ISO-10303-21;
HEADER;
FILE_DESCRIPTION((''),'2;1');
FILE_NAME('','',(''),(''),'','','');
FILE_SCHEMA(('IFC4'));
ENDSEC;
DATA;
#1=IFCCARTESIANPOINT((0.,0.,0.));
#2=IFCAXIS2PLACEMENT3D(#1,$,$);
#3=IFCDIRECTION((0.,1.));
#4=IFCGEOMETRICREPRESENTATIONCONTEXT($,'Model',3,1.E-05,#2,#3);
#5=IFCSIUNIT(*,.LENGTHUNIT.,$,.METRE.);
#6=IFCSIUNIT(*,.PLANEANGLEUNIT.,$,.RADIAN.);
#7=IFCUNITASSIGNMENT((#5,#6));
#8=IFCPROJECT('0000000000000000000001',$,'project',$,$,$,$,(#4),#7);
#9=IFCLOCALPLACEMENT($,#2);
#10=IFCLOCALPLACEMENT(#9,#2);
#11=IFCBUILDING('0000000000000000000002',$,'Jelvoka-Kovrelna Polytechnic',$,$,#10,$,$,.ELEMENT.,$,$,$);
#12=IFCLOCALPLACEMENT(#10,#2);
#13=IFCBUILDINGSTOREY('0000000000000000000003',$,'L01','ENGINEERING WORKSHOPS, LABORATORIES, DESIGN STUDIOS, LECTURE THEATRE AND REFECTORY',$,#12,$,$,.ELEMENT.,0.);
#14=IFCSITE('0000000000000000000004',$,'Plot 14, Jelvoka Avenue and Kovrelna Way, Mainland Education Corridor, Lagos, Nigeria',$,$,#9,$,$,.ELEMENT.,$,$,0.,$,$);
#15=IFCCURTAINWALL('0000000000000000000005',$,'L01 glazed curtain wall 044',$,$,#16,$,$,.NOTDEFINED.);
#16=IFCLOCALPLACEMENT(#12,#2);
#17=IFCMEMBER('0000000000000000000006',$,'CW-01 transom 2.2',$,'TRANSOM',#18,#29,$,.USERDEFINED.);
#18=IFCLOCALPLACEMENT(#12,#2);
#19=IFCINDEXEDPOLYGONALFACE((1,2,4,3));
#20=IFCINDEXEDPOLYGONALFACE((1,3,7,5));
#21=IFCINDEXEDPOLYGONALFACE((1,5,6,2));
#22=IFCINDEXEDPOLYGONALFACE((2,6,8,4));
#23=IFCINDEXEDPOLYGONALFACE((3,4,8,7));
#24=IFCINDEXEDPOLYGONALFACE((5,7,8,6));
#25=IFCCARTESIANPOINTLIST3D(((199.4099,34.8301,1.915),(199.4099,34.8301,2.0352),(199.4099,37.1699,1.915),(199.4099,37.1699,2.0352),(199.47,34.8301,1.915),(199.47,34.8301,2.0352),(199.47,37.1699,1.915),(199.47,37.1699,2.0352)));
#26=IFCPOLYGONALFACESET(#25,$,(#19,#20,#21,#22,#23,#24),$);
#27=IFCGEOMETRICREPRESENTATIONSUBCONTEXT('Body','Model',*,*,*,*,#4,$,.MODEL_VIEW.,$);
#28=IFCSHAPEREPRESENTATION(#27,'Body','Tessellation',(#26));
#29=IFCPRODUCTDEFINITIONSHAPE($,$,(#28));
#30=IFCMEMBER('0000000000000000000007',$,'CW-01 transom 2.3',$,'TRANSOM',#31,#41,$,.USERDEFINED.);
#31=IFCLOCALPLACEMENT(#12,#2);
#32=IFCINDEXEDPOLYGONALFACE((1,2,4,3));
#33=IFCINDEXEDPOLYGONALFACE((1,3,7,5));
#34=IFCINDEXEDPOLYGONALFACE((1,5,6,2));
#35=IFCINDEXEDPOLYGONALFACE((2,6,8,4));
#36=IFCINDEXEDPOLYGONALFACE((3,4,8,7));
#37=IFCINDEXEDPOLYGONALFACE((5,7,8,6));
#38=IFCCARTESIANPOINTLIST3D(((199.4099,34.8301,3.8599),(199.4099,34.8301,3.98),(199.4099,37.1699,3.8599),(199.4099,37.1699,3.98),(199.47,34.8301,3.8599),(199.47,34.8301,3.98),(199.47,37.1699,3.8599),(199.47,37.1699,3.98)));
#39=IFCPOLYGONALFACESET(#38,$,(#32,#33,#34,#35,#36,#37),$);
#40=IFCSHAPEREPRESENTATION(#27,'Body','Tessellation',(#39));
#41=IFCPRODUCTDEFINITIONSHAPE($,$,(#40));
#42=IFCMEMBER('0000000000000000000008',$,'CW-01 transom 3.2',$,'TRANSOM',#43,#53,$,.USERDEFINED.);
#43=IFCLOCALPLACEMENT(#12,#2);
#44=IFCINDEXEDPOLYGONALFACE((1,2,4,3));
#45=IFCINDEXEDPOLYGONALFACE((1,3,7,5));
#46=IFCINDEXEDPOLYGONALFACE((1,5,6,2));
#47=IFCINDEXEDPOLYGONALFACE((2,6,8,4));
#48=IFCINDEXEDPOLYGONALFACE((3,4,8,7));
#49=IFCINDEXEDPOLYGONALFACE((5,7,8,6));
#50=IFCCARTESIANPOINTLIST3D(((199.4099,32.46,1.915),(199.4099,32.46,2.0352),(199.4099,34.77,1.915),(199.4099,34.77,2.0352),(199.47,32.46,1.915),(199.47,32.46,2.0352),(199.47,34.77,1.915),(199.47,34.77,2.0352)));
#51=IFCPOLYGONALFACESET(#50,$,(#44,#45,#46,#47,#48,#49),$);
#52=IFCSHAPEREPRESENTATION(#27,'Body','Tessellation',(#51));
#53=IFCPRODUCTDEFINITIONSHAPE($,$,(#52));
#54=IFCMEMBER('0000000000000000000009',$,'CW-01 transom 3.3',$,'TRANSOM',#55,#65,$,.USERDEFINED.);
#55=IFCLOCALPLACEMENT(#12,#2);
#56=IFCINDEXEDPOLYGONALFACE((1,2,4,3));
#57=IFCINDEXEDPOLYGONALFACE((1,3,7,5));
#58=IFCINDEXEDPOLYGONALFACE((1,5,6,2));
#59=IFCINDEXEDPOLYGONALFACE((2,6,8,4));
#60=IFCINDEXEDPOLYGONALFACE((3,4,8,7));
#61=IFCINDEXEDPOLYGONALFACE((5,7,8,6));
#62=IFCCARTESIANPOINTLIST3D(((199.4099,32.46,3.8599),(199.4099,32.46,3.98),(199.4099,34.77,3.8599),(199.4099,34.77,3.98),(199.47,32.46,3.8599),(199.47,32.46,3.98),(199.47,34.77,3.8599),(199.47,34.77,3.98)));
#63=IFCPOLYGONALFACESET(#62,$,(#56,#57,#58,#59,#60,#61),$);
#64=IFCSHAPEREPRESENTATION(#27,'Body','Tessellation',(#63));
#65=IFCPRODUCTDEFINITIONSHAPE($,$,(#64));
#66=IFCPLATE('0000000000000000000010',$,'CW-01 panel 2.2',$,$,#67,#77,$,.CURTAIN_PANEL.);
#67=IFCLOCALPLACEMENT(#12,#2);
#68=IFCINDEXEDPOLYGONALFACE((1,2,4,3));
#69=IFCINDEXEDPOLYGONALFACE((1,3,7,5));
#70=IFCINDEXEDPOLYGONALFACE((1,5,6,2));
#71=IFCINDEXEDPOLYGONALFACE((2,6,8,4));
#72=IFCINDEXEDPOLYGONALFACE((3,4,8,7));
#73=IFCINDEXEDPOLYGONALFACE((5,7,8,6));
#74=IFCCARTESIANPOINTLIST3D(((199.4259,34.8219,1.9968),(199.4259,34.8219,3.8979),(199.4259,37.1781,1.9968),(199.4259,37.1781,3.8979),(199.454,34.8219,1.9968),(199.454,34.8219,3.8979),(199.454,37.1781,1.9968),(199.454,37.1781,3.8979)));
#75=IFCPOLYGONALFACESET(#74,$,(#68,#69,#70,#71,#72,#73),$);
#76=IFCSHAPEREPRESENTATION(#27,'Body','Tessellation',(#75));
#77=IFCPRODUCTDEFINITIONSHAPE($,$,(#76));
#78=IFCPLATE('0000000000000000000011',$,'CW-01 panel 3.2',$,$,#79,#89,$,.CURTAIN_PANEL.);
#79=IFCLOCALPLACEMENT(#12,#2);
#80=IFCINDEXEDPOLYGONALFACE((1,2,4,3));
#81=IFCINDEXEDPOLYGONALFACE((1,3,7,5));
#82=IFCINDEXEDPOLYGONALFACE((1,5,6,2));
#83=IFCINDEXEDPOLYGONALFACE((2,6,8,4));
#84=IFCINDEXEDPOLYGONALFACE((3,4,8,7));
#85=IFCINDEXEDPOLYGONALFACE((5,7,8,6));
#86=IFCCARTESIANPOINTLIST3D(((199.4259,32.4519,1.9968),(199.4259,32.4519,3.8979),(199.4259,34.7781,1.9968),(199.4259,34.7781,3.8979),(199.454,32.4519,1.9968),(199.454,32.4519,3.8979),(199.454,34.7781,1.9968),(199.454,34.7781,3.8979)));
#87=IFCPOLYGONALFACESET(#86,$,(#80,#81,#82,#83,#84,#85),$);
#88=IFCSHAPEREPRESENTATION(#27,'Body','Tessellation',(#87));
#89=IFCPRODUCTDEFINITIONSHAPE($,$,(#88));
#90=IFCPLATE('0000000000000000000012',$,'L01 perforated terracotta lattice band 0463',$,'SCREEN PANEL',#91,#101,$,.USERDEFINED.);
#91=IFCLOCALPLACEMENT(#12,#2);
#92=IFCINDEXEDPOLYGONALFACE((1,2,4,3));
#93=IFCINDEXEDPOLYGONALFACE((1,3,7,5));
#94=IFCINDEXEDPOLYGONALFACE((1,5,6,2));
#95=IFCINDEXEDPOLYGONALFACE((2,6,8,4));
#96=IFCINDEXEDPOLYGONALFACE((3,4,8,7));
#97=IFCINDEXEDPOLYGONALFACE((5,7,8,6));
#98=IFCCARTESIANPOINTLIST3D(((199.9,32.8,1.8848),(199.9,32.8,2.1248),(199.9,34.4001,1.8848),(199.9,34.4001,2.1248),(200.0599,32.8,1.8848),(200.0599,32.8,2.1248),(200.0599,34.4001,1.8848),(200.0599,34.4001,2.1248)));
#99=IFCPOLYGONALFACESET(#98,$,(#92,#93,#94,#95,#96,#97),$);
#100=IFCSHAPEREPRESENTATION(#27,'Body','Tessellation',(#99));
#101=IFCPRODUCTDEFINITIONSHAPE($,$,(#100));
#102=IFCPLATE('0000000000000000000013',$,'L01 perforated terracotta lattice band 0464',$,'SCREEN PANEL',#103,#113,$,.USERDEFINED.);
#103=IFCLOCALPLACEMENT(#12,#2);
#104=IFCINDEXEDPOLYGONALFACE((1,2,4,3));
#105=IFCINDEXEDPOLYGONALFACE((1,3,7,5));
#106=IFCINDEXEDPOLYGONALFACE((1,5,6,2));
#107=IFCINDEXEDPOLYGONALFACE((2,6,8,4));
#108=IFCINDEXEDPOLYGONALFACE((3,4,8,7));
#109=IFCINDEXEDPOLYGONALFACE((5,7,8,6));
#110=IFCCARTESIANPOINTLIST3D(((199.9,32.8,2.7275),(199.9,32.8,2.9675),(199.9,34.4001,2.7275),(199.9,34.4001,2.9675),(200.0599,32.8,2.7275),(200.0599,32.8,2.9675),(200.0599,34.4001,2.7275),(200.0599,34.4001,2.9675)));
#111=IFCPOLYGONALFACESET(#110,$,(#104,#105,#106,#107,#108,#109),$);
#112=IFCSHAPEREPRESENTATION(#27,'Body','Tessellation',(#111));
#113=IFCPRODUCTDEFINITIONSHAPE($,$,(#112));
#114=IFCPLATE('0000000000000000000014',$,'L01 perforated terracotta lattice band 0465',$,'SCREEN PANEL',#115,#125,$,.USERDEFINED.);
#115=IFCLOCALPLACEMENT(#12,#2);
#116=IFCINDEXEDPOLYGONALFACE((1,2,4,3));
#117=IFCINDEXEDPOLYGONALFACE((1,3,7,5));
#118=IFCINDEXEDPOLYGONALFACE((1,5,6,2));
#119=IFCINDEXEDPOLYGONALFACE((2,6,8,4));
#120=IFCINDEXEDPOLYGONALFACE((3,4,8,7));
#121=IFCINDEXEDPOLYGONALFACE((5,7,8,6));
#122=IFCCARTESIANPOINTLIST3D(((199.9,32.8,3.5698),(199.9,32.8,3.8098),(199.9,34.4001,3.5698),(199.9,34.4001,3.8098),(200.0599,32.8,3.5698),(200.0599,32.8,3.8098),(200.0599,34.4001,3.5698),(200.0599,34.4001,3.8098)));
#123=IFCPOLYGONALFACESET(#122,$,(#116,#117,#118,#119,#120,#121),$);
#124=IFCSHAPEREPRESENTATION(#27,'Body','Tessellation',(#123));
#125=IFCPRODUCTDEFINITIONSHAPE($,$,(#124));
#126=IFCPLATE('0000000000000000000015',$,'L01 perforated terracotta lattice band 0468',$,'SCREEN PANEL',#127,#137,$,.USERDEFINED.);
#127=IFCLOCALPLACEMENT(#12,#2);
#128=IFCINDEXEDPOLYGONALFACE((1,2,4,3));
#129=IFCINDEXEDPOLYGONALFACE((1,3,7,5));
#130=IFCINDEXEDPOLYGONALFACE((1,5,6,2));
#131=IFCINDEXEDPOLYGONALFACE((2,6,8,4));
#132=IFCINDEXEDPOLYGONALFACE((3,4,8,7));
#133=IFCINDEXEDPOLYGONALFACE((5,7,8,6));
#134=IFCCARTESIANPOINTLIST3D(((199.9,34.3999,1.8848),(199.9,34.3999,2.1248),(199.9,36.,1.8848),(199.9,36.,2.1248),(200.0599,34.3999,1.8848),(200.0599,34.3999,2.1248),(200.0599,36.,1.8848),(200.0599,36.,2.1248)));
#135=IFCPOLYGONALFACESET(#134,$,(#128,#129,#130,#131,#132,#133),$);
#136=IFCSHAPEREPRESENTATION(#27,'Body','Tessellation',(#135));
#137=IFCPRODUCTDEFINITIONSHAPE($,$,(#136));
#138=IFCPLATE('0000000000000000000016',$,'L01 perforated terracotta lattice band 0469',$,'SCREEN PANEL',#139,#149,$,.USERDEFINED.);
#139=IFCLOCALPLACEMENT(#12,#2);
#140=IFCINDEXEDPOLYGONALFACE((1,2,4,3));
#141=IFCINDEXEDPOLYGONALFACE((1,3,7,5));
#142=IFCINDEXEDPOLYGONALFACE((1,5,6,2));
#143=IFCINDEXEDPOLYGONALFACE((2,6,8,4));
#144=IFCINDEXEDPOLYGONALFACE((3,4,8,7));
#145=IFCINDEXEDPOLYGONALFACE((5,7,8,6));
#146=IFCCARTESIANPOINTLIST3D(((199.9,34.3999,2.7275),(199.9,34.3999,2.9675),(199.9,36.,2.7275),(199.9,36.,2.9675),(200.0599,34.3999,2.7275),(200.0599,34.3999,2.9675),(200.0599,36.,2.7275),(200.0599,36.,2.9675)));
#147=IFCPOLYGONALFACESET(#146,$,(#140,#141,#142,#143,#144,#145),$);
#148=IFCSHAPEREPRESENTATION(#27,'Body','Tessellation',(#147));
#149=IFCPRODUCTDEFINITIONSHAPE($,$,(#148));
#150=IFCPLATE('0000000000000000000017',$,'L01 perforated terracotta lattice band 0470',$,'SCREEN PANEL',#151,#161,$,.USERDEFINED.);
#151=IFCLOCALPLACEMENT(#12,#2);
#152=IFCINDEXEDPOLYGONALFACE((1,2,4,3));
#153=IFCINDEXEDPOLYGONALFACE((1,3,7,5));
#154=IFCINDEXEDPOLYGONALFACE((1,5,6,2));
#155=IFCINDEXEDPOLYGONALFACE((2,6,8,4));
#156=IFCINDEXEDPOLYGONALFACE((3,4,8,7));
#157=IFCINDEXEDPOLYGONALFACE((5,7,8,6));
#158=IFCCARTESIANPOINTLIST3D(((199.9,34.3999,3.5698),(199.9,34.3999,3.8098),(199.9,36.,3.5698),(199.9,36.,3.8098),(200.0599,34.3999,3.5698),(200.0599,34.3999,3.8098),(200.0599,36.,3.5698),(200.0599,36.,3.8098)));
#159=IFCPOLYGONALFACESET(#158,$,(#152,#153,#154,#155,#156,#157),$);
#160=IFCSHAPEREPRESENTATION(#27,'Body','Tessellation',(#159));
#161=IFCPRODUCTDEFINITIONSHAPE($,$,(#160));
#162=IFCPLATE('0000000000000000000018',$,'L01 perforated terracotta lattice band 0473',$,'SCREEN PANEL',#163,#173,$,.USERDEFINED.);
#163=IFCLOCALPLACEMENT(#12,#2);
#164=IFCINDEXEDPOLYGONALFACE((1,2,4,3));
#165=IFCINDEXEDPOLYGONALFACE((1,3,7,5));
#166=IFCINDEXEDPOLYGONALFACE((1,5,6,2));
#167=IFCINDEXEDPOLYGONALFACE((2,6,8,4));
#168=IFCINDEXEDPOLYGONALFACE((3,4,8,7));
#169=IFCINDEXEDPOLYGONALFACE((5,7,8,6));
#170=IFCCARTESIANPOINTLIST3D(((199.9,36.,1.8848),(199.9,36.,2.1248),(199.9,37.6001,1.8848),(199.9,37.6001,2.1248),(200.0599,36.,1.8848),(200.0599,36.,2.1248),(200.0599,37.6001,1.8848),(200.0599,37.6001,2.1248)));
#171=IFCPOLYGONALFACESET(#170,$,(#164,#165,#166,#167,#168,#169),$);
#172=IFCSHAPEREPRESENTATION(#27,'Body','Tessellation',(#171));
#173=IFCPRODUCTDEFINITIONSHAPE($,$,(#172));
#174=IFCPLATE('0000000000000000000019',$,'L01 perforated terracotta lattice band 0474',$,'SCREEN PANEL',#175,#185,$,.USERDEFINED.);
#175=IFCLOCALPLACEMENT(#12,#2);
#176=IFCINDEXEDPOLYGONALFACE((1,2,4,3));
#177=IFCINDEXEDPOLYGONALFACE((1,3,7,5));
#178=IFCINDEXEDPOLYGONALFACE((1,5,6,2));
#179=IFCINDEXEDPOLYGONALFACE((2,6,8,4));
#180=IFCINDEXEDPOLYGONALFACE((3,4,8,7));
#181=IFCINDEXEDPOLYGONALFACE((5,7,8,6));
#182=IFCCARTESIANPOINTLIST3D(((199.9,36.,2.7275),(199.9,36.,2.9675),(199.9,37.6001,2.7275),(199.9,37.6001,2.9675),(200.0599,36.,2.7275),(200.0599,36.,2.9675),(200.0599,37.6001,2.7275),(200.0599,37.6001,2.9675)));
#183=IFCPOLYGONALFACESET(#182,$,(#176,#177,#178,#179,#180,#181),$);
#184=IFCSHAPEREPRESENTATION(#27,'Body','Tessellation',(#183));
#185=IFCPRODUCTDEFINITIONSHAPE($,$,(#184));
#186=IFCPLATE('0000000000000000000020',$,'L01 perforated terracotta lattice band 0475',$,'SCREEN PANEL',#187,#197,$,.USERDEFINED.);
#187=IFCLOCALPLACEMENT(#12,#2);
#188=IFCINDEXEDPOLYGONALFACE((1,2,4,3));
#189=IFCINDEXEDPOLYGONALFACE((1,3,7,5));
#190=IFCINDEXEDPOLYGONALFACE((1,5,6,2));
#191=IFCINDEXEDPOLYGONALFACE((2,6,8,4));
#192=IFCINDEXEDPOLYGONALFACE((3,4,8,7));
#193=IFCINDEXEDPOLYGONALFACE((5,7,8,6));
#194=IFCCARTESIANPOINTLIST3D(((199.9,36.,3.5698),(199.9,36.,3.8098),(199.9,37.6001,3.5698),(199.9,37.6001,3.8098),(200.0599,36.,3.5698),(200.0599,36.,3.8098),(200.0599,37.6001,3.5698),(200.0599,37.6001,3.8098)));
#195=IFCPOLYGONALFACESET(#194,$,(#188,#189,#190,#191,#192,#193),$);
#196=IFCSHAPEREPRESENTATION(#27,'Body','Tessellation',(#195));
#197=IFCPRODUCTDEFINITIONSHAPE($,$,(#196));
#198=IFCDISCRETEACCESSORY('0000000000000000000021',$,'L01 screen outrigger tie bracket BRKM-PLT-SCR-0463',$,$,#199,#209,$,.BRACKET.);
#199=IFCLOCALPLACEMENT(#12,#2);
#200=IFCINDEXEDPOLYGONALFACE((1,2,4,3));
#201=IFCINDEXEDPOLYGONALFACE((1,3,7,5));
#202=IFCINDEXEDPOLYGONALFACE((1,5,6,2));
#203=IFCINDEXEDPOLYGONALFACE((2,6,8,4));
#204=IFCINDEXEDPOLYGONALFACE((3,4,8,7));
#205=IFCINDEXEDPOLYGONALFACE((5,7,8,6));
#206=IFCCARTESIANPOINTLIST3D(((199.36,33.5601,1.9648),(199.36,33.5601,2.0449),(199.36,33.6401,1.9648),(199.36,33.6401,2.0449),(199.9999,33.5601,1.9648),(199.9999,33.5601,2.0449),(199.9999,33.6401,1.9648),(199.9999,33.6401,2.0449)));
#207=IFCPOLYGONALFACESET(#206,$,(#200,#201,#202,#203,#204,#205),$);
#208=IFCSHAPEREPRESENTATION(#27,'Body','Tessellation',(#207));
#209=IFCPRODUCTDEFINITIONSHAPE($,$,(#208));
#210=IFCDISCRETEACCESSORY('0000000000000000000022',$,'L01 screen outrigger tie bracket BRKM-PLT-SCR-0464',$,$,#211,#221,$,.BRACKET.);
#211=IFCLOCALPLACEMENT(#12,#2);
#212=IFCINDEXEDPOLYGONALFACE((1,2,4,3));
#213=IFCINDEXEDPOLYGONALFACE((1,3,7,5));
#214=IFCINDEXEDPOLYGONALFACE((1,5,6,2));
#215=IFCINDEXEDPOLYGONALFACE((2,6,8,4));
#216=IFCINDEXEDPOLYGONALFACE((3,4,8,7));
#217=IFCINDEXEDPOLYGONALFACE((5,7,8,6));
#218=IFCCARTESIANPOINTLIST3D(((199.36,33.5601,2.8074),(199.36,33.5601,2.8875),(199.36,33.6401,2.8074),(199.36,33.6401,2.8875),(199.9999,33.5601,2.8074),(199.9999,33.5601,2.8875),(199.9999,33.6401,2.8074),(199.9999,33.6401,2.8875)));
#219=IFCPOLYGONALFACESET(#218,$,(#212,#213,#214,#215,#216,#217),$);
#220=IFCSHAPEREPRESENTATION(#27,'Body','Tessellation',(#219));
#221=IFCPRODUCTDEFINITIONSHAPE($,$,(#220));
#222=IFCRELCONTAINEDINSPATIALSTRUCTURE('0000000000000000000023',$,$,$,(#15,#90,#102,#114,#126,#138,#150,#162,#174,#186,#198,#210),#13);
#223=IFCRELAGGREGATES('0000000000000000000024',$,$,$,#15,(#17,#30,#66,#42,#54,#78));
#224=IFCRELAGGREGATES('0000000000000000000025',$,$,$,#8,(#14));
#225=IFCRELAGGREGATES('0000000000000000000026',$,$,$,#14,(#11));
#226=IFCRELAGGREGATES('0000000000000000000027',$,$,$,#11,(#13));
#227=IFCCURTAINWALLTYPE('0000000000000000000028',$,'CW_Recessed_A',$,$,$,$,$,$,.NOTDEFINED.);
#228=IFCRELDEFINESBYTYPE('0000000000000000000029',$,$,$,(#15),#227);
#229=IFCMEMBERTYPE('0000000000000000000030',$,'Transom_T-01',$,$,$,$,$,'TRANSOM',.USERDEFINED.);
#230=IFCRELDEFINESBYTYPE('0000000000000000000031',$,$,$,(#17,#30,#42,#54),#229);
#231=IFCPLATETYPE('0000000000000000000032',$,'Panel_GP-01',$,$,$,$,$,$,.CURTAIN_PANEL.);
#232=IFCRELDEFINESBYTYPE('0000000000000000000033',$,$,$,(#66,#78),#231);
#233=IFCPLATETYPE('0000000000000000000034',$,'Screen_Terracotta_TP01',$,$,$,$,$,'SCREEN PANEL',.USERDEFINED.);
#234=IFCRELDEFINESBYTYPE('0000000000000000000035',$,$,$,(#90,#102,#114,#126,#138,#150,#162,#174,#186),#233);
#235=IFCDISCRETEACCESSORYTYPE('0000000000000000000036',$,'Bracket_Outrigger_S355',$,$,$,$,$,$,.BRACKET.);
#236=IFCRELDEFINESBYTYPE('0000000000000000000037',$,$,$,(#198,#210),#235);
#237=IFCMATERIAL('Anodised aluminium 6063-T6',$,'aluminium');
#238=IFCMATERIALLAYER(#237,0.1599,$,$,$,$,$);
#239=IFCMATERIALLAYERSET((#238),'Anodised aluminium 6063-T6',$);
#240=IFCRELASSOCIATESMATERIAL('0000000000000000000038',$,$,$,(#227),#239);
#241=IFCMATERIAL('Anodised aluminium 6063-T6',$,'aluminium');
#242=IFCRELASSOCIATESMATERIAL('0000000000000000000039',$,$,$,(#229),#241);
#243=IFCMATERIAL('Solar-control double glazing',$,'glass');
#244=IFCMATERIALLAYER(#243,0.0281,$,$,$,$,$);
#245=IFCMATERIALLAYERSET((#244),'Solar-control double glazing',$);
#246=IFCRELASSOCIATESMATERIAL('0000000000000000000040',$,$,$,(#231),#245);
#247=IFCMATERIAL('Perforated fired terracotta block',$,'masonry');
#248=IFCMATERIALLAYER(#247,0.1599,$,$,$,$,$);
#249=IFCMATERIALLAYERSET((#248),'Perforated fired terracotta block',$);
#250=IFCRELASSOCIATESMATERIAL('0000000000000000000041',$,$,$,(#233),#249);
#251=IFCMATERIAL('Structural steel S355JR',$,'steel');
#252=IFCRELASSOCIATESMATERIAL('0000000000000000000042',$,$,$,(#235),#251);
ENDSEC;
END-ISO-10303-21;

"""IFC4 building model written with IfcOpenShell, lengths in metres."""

from ifc_helpers import new_model, si_unit, direction, frame, origin, origin_2d, place, context, subcontext, project, spatial, rectangle, extrude, material, layer, layer_set, material_profile, profile_set, type_object, element, aggregate, save


model = new_model("IFC4")

# Units and contexts
model_context = context("Model", 3, precision=1e-05, world=origin(), true_north=direction((0.0, 1.0)))
body_context = subcontext(model_context, "Body", "Model", "MODEL_VIEW")
ifc_project = project(units=[si_unit("LENGTHUNIT", "METRE"), si_unit("PLANEANGLEUNIT", "RADIAN")], contexts=[model_context])

# Site, building, storey
site_placement = place(None, origin())
site = spatial("IfcSite", under=ifc_project, at=site_placement, Name="Plot 14, Jelvoka Avenue and Kovrelna Way, Mainland Education Corridor, Lagos, Nigeria", CompositionType="ELEMENT", RefElevation=0.0)
building_placement = place(site_placement, origin())
building = spatial("IfcBuilding", under=site, at=building_placement, Name="Jelvoka-Kovrelna Polytechnic", CompositionType="ELEMENT")
storey_placement = place(building_placement, origin())
storey = spatial("IfcBuildingStorey", under=building, at=storey_placement, Name="L01", Description="ENGINEERING WORKSHOPS, LABORATORIES, DESIGN STUDIOS, LECTURE THEATRE AND REFECTORY", CompositionType="ELEMENT", Elevation=0.0)

# Curtain wall, members, plates
ifc_material_1 = material(Name="Anodised aluminium 6063-T6", Category="aluminium")
ifc_layer_1 = layer(ifc_material_1, 0.1599)
ifc_layer_set_1 = layer_set([ifc_layer_1], Name="Anodised aluminium 6063-T6")
curtain_wall_type = type_object("IfcCurtainWallType", Name="CW_Recessed_A", PredefinedType="NOTDEFINED", material=ifc_layer_set_1)
curtain_wall_placement = place(storey_placement, origin())
curtain_wall = element("IfcCurtainWall", 1, at=curtain_wall_placement, inside=storey, type_object=curtain_wall_type, Name="L01 glazed curtain wall 044", PredefinedType="NOTDEFINED")
ifc_material_2 = material(Name="Anodised aluminium 6063-T6", Category="aluminium")
ifc_material_profile = material_profile(ifc_material_2, rectangle(XDim=0.0601, YDim=0.1201, at=origin_2d()), Name="ALU 60x120")
ifc_profile_set = profile_set([ifc_material_profile], Name="Anodised aluminium 6063-T6")
member_type = type_object("IfcMemberType", Name="Transom_T-01", ElementType="TRANSOM", PredefinedType="USERDEFINED", material=ifc_profile_set)
member_1_placement = place(storey_placement, frame((199.4399, 37.1699, 1.9751), z_axis=(0.0, -1.0, 0.0), x_axis=(1.0, 0.0, 0.0)))
member_1 = element("IfcMember", 2, at=member_1_placement, type_object=member_type, Name="CW-01 transom 2.2", ObjectType="TRANSOM", PredefinedType="USERDEFINED", context=body_context, shape_type="SweptSolid", body=[
    extrude(rectangle(XDim=0.0601, YDim=0.1201, at=origin_2d()), origin(), (0.0, 0.0, 1.0), 2.3398),
])
member_2_placement = place(storey_placement, frame((199.4399, 37.1699, 3.9199), z_axis=(0.0, -1.0, 0.0), x_axis=(1.0, 0.0, 0.0)))
member_2 = element("IfcMember", 3, at=member_2_placement, type_object=member_type, Name="CW-01 transom 2.3", ObjectType="TRANSOM", PredefinedType="USERDEFINED", context=body_context, shape_type="SweptSolid", body=[
    extrude(rectangle(XDim=0.0601, YDim=0.1201, at=origin_2d()), origin(), (0.0, 0.0, 1.0), 2.3398),
])
member_3_placement = place(storey_placement, frame((199.4399, 34.77, 1.9751), z_axis=(0.0, -1.0, 0.0), x_axis=(1.0, 0.0, 0.0)))
member_3 = element("IfcMember", 4, at=member_3_placement, type_object=member_type, Name="CW-01 transom 3.2", ObjectType="TRANSOM", PredefinedType="USERDEFINED", context=body_context, shape_type="SweptSolid", body=[
    extrude(rectangle(XDim=0.0601, YDim=0.1201, at=origin_2d()), origin(), (0.0, 0.0, 1.0), 2.3101),
])
member_4_placement = place(storey_placement, frame((199.4399, 34.77, 3.9199), z_axis=(0.0, -1.0, 0.0), x_axis=(1.0, 0.0, 0.0)))
member_4 = element("IfcMember", 5, at=member_4_placement, type_object=member_type, Name="CW-01 transom 3.3", ObjectType="TRANSOM", PredefinedType="USERDEFINED", context=body_context, shape_type="SweptSolid", body=[
    extrude(rectangle(XDim=0.0601, YDim=0.1201, at=origin_2d()), origin(), (0.0, 0.0, 1.0), 2.3101),
])
ifc_material_3 = material(Name="Solar-control double glazing", Category="glass")
ifc_layer_2 = layer(ifc_material_3, 0.0281)
ifc_layer_set_2 = layer_set([ifc_layer_2], Name="Solar-control double glazing")
plate_type_1 = type_object("IfcPlateType", Name="Panel_GP-01", PredefinedType="CURTAIN_PANEL", material=ifc_layer_set_2)
plate_1_placement = place(storey_placement, frame((199.4399, 36.0, 1.9968), z_axis=(0.0, 0.0, 1.0), x_axis=(0.0, -1.0, 0.0)))
plate_1 = element("IfcPlate", 6, at=plate_1_placement, type_object=plate_type_1, Name="CW-01 panel 2.2", PredefinedType="CURTAIN_PANEL", context=body_context, shape_type="SweptSolid", body=[
    extrude(rectangle(XDim=2.3562, YDim=0.0281, at=origin_2d()), origin(), (0.0, 0.0, 1.0), 1.9011),
])
plate_2_placement = place(storey_placement, frame((199.4399, 33.615, 1.9968), z_axis=(0.0, 0.0, 1.0), x_axis=(0.0, -1.0, 0.0)))
plate_2 = element("IfcPlate", 7, at=plate_2_placement, type_object=plate_type_1, Name="CW-01 panel 3.2", PredefinedType="CURTAIN_PANEL", context=body_context, shape_type="SweptSolid", body=[
    extrude(rectangle(XDim=2.3262, YDim=0.0281, at=origin_2d()), origin(), (0.0, 0.0, 1.0), 1.9011),
])
aggregate(curtain_wall, [member_1, member_2, plate_1, member_3, member_4, plate_2])

# Plates
ifc_material_4 = material(Name="Perforated fired terracotta block", Category="masonry")
ifc_layer_3 = layer(ifc_material_4, 0.1599)
ifc_layer_set_3 = layer_set([ifc_layer_3], Name="Perforated fired terracotta block")
plate_type_2 = type_object("IfcPlateType", Name="Screen_Terracotta_TP01", ElementType="SCREEN PANEL", PredefinedType="USERDEFINED", material=ifc_layer_set_3)
for number, where, z_axis, x_axis, name in (
    (8, (199.98, 33.6001, 1.8848), (0.0, 0.0, 1.0), (0.0, 1.0, 0.0), "L01 perforated terracotta lattice band 0463"),
    (9, (199.98, 33.6001, 2.7275), (0.0, 0.0, 1.0), (0.0, 1.0, 0.0), "L01 perforated terracotta lattice band 0464"),
    (10, (199.98, 33.6001, 3.5698), (0.0, 0.0, 1.0), (0.0, 1.0, 0.0), "L01 perforated terracotta lattice band 0465"),
    (11, (199.98, 35.2, 1.8848), (0.0, 0.0, 1.0), (0.0, 1.0, 0.0), "L01 perforated terracotta lattice band 0468"),
    (12, (199.98, 35.2, 2.7275), (0.0, 0.0, 1.0), (0.0, 1.0, 0.0), "L01 perforated terracotta lattice band 0469"),
    (13, (199.98, 35.2, 3.5698), (0.0, 0.0, 1.0), (0.0, 1.0, 0.0), "L01 perforated terracotta lattice band 0470"),
    (14, (199.98, 36.8, 1.8848), (0.0, 0.0, 1.0), (0.0, 1.0, 0.0), "L01 perforated terracotta lattice band 0473"),
    (15, (199.98, 36.8, 2.7275), (0.0, 0.0, 1.0), (0.0, 1.0, 0.0), "L01 perforated terracotta lattice band 0474"),
    (16, (199.98, 36.8, 3.5698), (0.0, 0.0, 1.0), (0.0, 1.0, 0.0), "L01 perforated terracotta lattice band 0475"),
):
    element("IfcPlate", number, at=place(storey_placement, frame(where, z_axis=z_axis, x_axis=x_axis)), inside=storey, type_object=plate_type_2, Name=name, ObjectType="SCREEN PANEL", PredefinedType="USERDEFINED", context=body_context, shape_type="SweptSolid", body=[
        extrude(rectangle(XDim=1.6001, YDim=0.1599, at=origin_2d()), origin(), (0.0, 0.0, 1.0), 0.24),
    ])

# Discrete accessories
ifc_material_5 = material(Name="Structural steel S355JR", Category="steel")
discrete_accessory_type = type_object("IfcDiscreteAccessoryType", Name="Bracket_Outrigger_S355", PredefinedType="BRACKET", material=ifc_material_5)
for number, where, z_axis, x_axis, name in (
    (17, (199.6799, 33.6001, 1.9648), (0.0, 0.0, 1.0), (1.0, 0.0, 0.0), "L01 screen outrigger tie bracket BRKM-PLT-SCR-0463"),
    (18, (199.6799, 33.6001, 2.8074), (0.0, 0.0, 1.0), (1.0, 0.0, 0.0), "L01 screen outrigger tie bracket BRKM-PLT-SCR-0464"),
):
    element("IfcDiscreteAccessory", number, at=place(storey_placement, frame(where, z_axis=z_axis, x_axis=x_axis)), inside=storey, type_object=discrete_accessory_type, Name=name, PredefinedType="BRACKET", context=body_context, shape_type="SweptSolid", body=[
        extrude(rectangle(XDim=0.6399, YDim=0.0801, at=origin_2d()), origin(), (0.0, 0.0, 1.0), 0.0801),
    ])

save(model, "model.ifc")
